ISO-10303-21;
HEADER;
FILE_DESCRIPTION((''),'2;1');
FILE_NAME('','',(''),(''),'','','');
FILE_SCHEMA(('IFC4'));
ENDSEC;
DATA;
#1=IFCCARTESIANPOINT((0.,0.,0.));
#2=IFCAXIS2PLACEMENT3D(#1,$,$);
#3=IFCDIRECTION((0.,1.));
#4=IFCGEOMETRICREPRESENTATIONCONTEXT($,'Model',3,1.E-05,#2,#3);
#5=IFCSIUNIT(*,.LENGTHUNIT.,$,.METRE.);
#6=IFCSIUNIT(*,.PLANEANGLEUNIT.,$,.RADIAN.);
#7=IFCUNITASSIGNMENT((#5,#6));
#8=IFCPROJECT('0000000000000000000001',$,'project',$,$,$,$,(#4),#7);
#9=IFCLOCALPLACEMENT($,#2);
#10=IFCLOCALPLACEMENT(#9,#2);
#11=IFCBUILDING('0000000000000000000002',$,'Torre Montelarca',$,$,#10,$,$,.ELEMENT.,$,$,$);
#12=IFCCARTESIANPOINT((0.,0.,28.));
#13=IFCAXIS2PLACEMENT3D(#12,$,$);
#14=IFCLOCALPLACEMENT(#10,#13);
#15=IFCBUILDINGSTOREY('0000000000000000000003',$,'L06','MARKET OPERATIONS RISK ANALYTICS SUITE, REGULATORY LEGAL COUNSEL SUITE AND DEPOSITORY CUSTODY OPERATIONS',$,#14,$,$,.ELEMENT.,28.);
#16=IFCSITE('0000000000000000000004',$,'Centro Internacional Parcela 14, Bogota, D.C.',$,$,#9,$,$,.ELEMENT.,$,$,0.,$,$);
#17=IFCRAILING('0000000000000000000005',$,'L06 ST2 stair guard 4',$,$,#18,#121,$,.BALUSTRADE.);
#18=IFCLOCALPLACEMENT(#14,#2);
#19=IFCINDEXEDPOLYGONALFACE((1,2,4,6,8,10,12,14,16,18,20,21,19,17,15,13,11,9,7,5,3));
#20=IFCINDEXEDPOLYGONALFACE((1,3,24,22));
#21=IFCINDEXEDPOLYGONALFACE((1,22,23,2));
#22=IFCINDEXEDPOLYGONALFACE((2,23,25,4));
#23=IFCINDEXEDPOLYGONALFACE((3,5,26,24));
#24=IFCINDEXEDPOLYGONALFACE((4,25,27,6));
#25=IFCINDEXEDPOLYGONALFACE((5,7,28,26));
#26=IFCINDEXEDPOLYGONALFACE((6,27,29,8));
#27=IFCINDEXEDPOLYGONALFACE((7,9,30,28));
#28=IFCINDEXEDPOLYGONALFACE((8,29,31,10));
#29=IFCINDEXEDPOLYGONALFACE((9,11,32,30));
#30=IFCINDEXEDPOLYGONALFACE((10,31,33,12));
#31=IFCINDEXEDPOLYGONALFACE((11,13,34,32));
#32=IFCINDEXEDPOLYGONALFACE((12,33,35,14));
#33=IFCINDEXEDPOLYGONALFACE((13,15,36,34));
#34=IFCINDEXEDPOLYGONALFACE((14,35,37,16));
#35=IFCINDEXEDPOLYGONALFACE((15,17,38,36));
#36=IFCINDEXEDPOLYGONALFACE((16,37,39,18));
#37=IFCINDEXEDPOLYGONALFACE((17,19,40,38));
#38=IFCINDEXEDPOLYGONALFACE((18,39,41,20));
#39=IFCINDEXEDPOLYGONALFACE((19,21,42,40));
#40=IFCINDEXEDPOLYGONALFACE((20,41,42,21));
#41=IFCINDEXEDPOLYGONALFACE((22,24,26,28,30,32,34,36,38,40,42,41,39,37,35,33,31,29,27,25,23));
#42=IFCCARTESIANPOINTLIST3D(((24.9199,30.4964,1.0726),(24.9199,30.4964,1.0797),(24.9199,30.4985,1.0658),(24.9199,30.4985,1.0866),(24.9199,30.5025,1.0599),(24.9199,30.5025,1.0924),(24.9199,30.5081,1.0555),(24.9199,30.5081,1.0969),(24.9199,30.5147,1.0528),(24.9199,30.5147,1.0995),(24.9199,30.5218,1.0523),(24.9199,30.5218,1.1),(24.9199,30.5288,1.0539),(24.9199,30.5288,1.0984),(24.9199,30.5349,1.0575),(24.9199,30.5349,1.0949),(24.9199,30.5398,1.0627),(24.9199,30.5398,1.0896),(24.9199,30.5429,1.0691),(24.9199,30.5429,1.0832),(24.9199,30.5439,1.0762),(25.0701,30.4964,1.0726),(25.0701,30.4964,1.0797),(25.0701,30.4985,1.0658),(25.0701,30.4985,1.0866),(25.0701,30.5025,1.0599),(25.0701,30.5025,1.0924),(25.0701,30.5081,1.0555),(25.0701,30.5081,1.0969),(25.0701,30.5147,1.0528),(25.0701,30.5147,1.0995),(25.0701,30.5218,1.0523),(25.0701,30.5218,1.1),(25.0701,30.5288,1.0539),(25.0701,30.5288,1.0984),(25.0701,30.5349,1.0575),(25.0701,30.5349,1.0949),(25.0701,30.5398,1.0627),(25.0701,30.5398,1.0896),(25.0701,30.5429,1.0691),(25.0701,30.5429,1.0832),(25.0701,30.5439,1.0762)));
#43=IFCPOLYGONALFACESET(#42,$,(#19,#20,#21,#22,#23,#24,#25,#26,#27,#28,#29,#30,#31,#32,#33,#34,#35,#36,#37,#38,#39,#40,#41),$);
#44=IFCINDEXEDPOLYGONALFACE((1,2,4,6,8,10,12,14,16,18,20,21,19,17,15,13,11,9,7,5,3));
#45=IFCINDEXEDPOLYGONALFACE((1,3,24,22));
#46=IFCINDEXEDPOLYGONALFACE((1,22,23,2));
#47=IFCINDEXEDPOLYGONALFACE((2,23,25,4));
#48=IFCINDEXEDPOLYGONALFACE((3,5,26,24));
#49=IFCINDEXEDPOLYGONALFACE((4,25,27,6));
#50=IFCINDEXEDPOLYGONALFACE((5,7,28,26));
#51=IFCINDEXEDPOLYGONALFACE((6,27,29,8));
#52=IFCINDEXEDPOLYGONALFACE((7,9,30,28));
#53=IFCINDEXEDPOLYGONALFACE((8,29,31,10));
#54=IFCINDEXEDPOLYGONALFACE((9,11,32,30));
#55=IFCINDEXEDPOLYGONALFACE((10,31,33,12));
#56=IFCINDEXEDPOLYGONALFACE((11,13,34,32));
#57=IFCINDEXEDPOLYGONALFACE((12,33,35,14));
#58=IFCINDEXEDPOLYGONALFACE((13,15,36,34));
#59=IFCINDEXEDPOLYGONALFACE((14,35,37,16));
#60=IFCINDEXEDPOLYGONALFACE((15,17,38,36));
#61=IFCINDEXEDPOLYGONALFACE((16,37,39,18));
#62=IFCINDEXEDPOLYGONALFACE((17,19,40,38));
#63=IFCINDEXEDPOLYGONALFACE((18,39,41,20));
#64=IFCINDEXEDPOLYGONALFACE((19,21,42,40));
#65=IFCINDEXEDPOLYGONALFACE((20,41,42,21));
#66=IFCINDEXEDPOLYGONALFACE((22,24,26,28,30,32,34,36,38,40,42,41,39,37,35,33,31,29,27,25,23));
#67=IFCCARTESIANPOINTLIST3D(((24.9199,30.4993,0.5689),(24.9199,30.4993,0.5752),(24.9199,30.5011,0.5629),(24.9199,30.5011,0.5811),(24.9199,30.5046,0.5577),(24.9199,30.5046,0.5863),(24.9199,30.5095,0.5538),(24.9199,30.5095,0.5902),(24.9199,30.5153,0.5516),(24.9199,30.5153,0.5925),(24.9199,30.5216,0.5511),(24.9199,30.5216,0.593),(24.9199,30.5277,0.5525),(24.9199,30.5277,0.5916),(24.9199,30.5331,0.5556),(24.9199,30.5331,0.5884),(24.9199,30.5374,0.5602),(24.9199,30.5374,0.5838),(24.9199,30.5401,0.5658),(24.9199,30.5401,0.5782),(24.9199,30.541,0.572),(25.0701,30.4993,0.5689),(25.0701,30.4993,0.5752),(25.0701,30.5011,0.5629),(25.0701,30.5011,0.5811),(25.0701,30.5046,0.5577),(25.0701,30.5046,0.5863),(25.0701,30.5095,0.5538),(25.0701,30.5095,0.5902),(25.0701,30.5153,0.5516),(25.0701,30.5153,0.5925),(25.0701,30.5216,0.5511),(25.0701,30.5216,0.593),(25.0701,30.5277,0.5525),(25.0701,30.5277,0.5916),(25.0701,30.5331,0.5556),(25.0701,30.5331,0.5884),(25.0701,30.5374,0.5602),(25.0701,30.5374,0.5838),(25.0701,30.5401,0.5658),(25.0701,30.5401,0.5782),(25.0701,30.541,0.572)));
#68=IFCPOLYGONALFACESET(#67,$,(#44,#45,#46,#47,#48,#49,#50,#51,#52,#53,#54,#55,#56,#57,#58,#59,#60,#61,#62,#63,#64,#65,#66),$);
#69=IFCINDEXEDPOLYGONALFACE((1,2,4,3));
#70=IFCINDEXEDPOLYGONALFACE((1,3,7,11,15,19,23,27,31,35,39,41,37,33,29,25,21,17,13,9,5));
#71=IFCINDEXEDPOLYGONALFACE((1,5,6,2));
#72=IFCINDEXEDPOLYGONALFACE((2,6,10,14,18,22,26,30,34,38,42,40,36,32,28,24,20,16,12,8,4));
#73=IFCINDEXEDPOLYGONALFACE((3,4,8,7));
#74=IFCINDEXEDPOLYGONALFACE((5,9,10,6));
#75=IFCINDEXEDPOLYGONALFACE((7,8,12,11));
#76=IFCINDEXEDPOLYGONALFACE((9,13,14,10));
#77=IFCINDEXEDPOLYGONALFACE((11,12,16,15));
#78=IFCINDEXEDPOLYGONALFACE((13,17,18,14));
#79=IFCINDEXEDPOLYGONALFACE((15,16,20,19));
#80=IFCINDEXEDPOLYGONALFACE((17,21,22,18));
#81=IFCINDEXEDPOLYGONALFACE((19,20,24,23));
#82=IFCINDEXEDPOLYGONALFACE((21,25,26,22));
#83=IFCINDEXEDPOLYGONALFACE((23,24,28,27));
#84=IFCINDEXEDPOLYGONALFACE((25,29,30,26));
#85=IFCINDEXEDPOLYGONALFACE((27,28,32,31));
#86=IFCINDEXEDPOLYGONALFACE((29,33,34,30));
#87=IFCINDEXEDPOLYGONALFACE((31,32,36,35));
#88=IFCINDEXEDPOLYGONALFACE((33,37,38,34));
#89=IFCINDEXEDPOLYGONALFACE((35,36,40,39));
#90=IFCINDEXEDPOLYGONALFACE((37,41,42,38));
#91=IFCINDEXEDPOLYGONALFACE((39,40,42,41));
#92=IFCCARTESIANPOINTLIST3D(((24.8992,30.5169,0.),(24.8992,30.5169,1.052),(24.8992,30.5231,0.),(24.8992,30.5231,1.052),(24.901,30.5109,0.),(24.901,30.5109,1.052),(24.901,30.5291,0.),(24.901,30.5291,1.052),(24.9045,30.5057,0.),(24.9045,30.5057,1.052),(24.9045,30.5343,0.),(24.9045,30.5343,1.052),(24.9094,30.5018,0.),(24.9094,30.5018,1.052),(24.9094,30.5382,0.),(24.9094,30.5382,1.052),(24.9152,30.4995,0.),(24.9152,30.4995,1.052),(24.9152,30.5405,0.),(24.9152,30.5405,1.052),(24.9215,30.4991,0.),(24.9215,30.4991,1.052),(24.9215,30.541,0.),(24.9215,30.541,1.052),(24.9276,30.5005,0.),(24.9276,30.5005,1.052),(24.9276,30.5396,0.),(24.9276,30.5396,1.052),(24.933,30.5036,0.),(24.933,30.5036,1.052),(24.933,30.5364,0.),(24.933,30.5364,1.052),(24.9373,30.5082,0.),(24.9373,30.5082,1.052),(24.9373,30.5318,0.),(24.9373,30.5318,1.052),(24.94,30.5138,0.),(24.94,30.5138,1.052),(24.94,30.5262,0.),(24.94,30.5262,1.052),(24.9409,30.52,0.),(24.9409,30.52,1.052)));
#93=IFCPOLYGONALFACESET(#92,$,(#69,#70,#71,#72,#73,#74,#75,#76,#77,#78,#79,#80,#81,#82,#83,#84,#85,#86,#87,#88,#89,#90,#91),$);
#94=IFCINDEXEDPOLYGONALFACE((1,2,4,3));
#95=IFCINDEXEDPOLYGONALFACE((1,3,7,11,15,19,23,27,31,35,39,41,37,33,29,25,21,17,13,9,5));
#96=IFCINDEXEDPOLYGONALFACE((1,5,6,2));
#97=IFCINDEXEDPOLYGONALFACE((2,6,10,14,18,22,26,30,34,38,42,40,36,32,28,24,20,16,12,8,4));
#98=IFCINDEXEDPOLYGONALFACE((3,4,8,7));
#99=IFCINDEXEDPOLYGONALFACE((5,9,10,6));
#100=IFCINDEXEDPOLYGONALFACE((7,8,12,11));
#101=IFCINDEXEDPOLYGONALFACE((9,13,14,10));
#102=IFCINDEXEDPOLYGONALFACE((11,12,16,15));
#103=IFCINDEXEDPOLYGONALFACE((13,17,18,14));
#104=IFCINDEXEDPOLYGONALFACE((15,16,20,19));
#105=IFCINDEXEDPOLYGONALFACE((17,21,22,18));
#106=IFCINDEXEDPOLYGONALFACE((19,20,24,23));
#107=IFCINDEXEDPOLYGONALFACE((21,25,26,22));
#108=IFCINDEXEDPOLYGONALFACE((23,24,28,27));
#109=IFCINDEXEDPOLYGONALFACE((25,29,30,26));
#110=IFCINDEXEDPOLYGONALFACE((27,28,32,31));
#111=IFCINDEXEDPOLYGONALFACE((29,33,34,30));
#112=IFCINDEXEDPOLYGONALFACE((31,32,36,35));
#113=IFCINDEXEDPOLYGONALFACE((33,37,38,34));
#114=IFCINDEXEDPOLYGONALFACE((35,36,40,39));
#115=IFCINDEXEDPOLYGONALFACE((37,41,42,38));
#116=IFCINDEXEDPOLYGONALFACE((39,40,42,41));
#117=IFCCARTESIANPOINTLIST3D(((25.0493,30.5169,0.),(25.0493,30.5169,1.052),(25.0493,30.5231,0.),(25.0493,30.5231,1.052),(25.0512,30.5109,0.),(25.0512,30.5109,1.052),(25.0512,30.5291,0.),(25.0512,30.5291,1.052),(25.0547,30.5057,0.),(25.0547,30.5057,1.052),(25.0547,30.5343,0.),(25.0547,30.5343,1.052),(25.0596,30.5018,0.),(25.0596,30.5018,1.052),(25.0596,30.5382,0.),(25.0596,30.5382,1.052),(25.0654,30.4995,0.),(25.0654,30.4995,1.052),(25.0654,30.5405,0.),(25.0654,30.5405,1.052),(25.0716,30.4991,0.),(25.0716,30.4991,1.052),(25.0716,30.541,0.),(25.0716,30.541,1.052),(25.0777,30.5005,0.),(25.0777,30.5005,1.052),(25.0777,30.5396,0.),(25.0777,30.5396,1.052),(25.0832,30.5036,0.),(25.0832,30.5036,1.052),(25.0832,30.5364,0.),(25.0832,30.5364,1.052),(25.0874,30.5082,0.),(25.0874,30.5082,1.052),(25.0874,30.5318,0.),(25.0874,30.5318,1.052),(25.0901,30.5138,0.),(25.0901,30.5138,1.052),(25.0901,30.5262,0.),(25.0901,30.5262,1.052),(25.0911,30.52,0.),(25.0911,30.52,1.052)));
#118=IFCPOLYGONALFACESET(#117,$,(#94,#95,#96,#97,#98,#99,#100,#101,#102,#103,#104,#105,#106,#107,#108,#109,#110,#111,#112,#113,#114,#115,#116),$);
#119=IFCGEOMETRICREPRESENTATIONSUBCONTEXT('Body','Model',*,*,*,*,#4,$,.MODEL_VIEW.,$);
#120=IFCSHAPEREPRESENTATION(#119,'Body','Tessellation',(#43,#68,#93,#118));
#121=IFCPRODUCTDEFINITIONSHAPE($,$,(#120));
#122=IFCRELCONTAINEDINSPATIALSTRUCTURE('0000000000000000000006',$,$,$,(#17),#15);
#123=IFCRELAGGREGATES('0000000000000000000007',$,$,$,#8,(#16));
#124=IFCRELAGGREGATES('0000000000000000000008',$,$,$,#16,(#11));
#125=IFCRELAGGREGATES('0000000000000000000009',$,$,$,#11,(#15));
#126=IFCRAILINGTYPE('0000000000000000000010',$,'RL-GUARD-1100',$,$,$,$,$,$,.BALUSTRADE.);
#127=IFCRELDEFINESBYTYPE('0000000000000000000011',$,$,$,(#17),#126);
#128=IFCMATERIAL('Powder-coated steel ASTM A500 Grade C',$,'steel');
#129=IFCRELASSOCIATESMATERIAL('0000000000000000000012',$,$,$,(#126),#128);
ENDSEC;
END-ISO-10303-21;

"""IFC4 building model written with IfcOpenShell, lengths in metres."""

from ifc_helpers import new_model, si_unit, direction, frame, origin, origin_2d, place, context, subcontext, project, spatial, circle, extrude, material, type_object, element, save


model = new_model("IFC4")

# Units and contexts
model_context = context("Model", 3, precision=1e-05, world=origin(), true_north=direction((0.0, 1.0)))
body_context = subcontext(model_context, "Body", "Model", "MODEL_VIEW")
ifc_project = project(units=[si_unit("LENGTHUNIT", "METRE"), si_unit("PLANEANGLEUNIT", "RADIAN")], contexts=[model_context])

# Site, building, storey
site_placement = place(None, origin())
site = spatial("IfcSite", under=ifc_project, at=site_placement, Name="Centro Internacional Parcela 14, Bogota, D.C.", CompositionType="ELEMENT", RefElevation=0.0)
building_placement = place(site_placement, origin())
building = spatial("IfcBuilding", under=site, at=building_placement, Name="Torre Montelarca", CompositionType="ELEMENT")
storey_placement = place(building_placement, frame((0.0, 0.0, 28.0)))
storey = spatial("IfcBuildingStorey", under=building, at=storey_placement, Name="L06", Description="MARKET OPERATIONS RISK ANALYTICS SUITE, REGULATORY LEGAL COUNSEL SUITE AND DEPOSITORY CUSTODY OPERATIONS", CompositionType="ELEMENT", Elevation=28.0)

# Railing
ifc_material_1 = material(Name="Powder-coated steel ASTM A500 Grade C", Category="steel")
railing_type_1 = type_object("IfcRailingType", Name="RL-GUARD-1100", PredefinedType="BALUSTRADE", material=ifc_material_1)
railing_1_placement = place(storey_placement, frame((24.9199, 30.52, 0.0)))
element("IfcRailing", 1, at=railing_1_placement, inside=storey, type_object=railing_type_1, Name="L06 ST2 stair guard 4", PredefinedType="BALUSTRADE", context=body_context, shape_type="SweptSolid", body=[
    extrude(circle(Radius=0.0239, at=origin_2d()), frame((0.0, 0.0, 1.0762), z_axis=(1.0, 0.0, 0.0), x_axis=(0.0, 1.0, 0.0)), (0.0, 0.0, 1.0), 0.1501),
    extrude(circle(Radius=0.021, at=origin_2d()), frame((0.0, 0.0, 0.572), z_axis=(1.0, 0.0, 0.0), x_axis=(0.0, 1.0, 0.0)), (0.0, 0.0, 1.0), 0.1501),
    extrude(circle(Radius=0.021, at=origin_2d()), origin(), (0.0, 0.0, 1.0), 1.052),
    extrude(circle(Radius=0.021, at=origin_2d()), frame((0.1501, 0.0, 0.0)), (0.0, 0.0, 1.0), 1.052),
])

save(model, "model.ifc")
